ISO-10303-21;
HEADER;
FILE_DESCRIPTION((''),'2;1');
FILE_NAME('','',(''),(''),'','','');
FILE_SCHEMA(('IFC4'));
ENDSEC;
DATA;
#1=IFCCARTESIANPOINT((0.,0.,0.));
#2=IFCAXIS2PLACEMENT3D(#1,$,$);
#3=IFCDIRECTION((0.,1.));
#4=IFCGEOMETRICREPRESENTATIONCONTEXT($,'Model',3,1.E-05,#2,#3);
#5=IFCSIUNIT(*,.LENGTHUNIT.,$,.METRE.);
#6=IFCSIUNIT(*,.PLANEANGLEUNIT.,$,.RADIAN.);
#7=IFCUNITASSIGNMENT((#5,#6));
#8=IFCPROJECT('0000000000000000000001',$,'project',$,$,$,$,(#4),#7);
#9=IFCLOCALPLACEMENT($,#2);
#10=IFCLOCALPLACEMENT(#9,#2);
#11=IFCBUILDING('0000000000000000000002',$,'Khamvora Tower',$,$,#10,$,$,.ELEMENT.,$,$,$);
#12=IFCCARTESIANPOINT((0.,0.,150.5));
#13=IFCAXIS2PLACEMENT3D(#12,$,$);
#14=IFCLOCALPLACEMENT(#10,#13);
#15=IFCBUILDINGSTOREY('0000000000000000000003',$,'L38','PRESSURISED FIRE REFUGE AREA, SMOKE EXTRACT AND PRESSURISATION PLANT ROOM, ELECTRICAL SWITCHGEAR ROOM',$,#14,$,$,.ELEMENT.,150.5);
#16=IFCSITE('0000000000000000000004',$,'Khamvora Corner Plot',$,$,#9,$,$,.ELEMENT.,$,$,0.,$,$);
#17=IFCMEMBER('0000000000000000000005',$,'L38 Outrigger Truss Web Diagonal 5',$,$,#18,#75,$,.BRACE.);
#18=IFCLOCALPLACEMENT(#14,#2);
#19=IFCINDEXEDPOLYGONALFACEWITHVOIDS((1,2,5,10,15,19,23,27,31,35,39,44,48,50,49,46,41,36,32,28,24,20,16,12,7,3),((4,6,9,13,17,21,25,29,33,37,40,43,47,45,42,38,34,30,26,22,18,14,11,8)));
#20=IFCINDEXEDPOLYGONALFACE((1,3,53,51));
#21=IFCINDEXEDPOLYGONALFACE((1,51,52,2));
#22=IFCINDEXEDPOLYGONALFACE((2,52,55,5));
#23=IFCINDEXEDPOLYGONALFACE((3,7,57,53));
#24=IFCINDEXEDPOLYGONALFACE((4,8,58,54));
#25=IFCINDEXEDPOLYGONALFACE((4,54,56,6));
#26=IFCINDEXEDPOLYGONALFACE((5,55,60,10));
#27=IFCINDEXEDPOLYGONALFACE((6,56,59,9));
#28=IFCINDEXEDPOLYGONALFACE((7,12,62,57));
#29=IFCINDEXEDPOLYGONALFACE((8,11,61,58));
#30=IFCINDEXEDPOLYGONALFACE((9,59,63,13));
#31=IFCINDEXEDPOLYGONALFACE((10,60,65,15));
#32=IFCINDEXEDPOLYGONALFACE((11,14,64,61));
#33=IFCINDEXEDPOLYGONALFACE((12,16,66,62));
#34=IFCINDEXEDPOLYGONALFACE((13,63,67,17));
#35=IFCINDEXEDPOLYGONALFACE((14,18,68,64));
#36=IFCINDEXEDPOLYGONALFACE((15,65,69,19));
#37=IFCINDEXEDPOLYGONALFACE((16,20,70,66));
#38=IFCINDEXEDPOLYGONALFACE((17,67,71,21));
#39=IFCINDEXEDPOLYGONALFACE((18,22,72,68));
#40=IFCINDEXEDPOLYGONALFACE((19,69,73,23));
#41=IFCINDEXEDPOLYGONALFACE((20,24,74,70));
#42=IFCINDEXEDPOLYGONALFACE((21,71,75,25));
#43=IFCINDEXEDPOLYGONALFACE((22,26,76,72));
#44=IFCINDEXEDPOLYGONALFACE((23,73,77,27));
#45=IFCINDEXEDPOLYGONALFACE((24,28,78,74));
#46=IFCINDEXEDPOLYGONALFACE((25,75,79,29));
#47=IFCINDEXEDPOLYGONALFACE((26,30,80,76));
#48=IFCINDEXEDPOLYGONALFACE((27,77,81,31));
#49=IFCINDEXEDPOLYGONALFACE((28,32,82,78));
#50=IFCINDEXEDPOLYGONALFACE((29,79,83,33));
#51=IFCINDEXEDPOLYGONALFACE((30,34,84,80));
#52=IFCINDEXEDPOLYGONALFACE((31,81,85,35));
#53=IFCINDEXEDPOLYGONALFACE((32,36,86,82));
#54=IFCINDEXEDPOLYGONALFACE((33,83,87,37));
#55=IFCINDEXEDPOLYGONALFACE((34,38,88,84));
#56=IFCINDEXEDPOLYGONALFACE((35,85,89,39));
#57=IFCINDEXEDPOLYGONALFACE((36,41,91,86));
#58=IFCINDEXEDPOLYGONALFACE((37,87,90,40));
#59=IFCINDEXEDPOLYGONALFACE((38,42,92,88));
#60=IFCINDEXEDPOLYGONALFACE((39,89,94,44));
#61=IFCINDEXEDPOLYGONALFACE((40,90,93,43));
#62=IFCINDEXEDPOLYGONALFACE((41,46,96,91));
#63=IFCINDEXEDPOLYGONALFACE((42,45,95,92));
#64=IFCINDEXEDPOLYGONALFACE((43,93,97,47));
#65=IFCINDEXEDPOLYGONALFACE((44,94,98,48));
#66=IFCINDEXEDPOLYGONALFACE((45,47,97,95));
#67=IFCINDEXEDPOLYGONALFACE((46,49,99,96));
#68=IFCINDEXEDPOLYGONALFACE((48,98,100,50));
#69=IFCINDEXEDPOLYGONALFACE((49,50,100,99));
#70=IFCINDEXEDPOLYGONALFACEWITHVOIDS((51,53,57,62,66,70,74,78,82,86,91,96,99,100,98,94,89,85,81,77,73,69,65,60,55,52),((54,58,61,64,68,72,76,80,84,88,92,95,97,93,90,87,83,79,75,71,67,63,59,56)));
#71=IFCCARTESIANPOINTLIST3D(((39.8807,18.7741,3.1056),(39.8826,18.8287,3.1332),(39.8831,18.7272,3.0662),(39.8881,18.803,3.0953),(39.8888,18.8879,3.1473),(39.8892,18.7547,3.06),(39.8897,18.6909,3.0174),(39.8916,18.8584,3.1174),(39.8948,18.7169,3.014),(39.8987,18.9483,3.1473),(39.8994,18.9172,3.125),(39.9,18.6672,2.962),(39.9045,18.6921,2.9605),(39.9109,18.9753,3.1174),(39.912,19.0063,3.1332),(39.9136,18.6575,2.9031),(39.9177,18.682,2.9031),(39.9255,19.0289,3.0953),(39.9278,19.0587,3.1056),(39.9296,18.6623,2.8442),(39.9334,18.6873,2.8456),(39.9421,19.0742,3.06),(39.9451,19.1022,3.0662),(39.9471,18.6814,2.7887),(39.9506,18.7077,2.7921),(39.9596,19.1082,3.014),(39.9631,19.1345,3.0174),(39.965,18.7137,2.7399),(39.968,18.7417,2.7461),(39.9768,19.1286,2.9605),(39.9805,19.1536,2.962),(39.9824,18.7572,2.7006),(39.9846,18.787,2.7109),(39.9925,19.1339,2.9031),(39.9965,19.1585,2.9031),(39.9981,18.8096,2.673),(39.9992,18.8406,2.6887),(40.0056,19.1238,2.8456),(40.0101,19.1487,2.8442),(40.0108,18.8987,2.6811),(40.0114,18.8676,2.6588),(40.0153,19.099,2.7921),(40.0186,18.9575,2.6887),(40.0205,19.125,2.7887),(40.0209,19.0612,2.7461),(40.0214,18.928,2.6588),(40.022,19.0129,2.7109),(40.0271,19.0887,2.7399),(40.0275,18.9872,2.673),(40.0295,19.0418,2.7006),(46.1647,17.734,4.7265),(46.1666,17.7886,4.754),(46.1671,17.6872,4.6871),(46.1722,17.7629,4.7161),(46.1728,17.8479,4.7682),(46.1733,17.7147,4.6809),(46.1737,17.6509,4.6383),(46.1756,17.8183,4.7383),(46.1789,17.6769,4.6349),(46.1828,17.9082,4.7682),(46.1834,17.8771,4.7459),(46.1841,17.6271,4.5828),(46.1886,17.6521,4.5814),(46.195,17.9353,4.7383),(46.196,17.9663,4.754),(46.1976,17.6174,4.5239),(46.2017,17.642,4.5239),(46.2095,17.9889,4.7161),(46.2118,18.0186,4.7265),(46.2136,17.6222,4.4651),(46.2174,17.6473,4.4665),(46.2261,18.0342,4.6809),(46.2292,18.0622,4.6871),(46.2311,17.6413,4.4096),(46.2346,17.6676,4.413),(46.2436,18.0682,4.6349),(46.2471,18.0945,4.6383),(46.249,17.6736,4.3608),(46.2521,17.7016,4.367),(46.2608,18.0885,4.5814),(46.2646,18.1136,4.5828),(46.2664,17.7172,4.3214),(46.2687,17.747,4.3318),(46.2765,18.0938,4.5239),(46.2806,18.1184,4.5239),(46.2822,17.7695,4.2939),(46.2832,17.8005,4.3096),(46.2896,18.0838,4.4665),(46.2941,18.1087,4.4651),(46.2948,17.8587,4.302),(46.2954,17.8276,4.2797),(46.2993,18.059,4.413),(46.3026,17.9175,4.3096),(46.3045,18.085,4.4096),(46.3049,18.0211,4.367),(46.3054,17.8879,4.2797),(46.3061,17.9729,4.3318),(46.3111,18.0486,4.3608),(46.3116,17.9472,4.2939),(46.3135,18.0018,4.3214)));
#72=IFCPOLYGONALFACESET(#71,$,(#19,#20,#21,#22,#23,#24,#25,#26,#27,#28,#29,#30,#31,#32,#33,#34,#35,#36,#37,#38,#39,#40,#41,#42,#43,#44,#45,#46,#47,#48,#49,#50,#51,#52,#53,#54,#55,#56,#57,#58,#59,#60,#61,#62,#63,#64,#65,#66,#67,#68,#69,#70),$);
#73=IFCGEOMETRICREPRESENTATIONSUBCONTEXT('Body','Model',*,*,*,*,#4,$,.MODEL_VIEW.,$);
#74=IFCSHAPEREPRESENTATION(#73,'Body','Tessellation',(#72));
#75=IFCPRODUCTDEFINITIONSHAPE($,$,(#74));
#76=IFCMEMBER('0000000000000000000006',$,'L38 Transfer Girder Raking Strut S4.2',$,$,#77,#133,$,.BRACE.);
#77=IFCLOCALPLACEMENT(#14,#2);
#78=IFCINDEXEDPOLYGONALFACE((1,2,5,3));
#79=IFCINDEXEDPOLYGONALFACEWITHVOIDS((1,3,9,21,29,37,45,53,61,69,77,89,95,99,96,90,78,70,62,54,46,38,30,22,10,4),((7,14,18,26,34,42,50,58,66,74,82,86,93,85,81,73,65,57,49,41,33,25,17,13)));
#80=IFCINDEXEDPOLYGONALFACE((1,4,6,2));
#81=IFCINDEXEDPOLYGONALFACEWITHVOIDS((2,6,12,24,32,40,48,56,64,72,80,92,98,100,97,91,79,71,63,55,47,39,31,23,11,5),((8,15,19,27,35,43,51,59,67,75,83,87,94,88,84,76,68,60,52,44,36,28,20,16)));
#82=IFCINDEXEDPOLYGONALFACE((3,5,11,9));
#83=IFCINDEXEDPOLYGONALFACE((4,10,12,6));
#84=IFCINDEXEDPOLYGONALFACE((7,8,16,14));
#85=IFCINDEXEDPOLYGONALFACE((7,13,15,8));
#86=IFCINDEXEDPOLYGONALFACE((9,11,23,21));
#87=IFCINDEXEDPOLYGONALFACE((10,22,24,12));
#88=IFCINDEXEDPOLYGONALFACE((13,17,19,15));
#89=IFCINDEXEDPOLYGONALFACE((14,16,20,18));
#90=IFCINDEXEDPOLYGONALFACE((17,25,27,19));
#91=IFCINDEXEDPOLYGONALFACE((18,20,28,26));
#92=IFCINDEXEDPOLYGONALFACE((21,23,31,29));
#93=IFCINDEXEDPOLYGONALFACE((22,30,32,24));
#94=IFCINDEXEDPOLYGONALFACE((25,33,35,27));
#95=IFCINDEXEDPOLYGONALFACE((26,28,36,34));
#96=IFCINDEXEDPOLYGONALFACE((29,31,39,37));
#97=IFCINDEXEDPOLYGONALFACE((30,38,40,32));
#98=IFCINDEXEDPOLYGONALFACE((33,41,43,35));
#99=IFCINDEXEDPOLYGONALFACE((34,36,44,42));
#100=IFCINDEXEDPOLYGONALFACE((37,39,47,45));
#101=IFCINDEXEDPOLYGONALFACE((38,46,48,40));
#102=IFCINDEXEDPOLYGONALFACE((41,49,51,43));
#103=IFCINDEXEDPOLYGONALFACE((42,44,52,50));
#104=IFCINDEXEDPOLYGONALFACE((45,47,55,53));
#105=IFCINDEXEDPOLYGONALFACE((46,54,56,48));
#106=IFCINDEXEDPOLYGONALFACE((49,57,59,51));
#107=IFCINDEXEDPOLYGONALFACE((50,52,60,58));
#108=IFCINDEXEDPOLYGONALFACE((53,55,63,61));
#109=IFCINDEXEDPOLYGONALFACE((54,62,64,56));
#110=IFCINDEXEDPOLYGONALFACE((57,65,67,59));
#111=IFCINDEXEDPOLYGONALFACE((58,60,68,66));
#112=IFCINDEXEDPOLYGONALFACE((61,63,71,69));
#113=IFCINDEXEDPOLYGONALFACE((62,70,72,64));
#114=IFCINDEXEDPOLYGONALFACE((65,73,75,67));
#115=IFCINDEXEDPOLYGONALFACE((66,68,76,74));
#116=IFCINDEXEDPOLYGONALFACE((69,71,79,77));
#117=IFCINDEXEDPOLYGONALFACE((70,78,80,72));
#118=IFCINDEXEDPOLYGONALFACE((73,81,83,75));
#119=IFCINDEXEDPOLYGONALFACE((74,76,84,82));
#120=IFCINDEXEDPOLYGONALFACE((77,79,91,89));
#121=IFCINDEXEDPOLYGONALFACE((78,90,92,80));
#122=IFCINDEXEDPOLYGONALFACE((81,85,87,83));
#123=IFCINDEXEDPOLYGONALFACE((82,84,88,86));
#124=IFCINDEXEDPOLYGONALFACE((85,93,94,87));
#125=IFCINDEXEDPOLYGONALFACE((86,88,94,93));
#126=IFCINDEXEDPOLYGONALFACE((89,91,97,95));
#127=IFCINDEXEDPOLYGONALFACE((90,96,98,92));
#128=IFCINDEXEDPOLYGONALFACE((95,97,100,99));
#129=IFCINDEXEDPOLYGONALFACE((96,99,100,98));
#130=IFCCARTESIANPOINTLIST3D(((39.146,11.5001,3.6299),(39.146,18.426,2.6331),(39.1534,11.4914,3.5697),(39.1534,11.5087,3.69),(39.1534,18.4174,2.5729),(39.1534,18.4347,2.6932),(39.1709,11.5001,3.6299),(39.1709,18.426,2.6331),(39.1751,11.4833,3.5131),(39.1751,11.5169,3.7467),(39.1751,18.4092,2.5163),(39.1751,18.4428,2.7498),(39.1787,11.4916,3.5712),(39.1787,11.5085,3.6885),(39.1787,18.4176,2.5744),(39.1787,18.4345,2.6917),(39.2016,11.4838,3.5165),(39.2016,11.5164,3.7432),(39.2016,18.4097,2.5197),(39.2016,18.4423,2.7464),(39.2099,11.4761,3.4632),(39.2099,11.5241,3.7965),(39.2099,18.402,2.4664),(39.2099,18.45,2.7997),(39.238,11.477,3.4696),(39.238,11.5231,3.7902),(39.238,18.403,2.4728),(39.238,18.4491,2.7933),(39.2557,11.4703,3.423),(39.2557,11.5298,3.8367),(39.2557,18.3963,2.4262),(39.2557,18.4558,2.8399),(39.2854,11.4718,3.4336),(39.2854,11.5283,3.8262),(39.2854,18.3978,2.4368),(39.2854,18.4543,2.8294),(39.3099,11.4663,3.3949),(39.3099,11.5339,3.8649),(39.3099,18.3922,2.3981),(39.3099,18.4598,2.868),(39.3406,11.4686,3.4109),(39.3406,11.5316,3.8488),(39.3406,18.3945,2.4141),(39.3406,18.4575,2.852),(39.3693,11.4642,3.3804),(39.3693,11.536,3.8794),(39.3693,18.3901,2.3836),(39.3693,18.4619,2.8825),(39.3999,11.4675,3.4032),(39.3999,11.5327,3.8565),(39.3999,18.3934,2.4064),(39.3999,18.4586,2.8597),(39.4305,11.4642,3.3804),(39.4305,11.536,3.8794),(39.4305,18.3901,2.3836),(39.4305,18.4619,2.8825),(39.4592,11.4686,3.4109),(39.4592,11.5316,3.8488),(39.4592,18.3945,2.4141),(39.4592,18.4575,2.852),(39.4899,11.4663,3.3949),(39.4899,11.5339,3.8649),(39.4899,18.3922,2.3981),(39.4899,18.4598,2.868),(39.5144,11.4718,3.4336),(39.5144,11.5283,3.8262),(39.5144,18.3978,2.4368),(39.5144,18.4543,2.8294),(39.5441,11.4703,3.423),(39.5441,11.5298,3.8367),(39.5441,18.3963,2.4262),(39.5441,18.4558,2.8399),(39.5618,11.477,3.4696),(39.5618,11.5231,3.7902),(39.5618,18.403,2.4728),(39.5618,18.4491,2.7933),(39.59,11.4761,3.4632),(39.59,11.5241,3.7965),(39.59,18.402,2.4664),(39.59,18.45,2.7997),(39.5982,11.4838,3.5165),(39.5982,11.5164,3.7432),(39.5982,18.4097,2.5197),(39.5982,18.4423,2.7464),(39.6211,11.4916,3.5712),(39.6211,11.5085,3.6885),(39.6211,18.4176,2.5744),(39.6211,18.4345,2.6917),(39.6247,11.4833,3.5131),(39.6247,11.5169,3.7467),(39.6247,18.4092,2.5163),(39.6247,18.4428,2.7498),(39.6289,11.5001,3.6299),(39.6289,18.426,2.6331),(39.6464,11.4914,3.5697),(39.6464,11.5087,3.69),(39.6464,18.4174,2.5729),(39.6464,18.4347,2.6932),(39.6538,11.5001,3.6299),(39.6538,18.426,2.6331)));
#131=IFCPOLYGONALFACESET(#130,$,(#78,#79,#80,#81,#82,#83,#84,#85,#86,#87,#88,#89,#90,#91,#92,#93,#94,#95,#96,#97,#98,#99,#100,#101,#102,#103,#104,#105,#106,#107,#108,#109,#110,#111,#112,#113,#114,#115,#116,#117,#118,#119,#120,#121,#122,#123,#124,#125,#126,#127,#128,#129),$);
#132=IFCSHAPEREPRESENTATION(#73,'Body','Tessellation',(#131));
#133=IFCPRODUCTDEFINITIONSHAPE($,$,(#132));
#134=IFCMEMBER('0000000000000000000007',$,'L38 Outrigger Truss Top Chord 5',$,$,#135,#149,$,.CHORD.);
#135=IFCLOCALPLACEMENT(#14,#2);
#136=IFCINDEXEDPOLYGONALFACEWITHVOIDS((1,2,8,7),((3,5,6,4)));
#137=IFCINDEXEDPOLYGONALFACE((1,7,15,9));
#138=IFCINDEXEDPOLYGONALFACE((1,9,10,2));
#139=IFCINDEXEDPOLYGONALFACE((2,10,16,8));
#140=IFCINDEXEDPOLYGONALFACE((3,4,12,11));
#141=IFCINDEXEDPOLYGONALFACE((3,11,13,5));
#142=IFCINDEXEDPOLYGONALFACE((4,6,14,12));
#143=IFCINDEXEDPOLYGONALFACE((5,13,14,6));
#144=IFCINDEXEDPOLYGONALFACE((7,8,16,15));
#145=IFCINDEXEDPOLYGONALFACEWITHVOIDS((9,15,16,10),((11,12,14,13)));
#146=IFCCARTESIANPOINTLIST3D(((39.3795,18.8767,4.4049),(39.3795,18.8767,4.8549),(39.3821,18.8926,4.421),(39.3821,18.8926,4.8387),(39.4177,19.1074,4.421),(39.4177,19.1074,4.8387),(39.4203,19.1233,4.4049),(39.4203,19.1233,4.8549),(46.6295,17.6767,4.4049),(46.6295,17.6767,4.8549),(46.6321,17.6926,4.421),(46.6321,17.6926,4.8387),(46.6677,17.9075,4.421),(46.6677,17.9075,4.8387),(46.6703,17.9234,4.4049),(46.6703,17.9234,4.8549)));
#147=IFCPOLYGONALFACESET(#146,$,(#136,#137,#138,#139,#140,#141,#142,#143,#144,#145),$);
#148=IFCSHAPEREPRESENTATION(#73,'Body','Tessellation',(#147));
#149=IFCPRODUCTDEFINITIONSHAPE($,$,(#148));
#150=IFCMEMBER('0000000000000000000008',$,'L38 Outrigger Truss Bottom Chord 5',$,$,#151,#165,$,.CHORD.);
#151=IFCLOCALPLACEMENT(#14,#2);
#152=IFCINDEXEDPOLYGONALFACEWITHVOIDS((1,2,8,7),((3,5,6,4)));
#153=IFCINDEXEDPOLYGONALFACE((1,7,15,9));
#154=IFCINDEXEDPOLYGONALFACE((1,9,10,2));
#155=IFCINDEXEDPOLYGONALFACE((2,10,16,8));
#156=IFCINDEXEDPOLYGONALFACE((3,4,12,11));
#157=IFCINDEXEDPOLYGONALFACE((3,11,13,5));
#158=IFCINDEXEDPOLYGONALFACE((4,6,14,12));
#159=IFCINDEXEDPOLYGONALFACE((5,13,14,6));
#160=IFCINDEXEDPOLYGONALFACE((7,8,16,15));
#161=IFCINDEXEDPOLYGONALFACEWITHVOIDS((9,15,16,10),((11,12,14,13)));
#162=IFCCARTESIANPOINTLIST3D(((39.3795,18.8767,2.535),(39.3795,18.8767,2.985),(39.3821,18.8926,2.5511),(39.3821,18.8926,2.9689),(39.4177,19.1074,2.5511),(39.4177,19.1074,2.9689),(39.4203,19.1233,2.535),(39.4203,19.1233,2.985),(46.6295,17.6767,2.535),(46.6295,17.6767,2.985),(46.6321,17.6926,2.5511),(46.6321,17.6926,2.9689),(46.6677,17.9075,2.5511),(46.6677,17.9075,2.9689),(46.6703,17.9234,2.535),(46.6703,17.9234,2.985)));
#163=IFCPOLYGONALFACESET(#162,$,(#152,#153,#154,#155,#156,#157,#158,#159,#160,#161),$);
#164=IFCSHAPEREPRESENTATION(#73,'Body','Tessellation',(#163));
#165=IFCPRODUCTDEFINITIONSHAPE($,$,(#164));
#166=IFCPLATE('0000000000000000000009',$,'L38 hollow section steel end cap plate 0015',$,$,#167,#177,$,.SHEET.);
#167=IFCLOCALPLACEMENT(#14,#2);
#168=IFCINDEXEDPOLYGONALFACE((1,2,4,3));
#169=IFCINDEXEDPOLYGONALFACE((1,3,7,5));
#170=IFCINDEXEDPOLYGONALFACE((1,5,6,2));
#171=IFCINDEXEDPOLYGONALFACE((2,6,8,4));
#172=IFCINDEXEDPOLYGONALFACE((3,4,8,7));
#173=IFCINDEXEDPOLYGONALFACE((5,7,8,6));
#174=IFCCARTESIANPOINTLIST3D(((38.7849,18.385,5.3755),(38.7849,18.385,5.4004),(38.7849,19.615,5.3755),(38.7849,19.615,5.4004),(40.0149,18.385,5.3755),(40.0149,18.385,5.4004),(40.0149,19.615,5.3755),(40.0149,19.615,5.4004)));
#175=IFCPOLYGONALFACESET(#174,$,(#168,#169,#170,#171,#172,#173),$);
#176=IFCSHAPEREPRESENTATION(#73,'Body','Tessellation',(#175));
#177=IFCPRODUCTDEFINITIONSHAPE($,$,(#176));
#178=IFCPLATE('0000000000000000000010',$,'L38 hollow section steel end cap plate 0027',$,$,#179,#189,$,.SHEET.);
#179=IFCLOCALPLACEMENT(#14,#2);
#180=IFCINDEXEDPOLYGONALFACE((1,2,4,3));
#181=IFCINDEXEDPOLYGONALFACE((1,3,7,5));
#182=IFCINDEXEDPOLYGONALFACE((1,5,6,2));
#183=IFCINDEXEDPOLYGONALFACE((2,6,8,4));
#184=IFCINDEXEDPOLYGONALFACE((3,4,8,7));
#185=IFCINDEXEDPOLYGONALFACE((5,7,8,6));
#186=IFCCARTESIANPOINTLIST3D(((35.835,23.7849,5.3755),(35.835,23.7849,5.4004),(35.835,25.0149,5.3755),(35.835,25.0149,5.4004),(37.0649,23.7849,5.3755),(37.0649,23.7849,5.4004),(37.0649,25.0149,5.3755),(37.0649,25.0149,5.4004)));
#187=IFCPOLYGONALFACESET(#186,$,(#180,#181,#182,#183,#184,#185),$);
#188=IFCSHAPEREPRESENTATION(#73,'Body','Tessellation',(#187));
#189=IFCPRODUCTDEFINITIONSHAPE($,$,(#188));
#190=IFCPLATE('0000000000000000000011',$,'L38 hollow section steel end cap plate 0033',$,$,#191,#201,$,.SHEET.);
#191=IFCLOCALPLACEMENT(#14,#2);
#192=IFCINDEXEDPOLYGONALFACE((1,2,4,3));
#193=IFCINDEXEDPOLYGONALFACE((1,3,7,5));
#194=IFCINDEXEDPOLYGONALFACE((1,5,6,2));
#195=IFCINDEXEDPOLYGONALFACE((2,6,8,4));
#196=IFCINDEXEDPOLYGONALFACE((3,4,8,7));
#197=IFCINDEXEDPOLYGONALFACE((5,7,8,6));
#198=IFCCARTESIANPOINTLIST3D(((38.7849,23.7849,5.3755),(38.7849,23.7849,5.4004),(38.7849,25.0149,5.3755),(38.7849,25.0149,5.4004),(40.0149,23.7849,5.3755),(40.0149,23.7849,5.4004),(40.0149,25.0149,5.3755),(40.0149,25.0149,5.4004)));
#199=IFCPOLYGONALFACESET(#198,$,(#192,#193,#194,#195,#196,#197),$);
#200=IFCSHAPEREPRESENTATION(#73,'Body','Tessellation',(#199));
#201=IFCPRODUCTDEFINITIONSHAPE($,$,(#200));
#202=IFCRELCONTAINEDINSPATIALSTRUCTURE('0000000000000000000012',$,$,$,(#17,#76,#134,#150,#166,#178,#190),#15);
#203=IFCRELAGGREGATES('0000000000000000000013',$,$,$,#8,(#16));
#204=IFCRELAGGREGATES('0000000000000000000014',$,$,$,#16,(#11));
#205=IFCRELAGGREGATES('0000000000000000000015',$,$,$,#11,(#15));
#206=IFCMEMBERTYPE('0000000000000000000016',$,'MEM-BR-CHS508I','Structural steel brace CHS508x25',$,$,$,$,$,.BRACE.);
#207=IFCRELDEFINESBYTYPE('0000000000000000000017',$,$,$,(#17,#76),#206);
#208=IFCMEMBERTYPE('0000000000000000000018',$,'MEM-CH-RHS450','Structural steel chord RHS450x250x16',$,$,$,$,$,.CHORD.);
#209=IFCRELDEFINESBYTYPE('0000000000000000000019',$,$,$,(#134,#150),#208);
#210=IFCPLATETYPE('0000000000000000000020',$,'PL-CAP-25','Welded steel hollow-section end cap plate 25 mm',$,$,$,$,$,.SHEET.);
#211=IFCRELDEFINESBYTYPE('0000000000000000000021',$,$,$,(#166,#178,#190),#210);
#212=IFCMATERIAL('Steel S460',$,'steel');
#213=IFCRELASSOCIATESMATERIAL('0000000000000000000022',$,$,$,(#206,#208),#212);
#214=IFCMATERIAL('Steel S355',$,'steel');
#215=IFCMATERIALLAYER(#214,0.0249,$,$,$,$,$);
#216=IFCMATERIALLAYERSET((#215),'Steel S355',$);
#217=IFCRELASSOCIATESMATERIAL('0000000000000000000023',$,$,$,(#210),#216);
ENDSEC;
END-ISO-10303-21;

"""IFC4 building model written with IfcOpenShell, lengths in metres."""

from ifc_helpers import new_model, si_unit, direction, frame, origin, origin_2d, place, context, subcontext, project, spatial, rectangle, hollow_rectangle, hollow_circle, extrude, material, layer, layer_set, material_profile, profile_set, type_object, element, save


model = new_model("IFC4")

# Units and contexts
model_context = context("Model", 3, precision=1e-05, world=origin(), true_north=direction((0.0, 1.0)))
body_context = subcontext(model_context, "Body", "Model", "MODEL_VIEW")
ifc_project = project(units=[si_unit("LENGTHUNIT", "METRE"), si_unit("PLANEANGLEUNIT", "RADIAN")], contexts=[model_context])

# Site, building, storey
site_placement = place(None, origin())
site = spatial("IfcSite", under=ifc_project, at=site_placement, Name="Khamvora Corner Plot", CompositionType="ELEMENT", RefElevation=0.0)
building_placement = place(site_placement, origin())
building = spatial("IfcBuilding", under=site, at=building_placement, Name="Khamvora Tower", CompositionType="ELEMENT")
storey_placement = place(building_placement, frame((0.0, 0.0, 150.5)))
storey = spatial("IfcBuildingStorey", under=building, at=storey_placement, Name="L38", Description="PRESSURISED FIRE REFUGE AREA, SMOKE EXTRACT AND PRESSURISATION PLANT ROOM, ELECTRICAL SWITCHGEAR ROOM", CompositionType="ELEMENT", Elevation=150.5)

# Shared definitions
ifc_material_1 = material(Name="Steel S460", Category="steel")

# Shared definitions
ifc_material_2 = material(Name="Steel S355", Category="steel")

# Members
ifc_material_profile_1 = material_profile(ifc_material_1, hollow_circle(Radius=0.2539, WallThickness=0.0249, at=origin_2d()), Name="CHS508x25")
ifc_profile_set_1 = profile_set([ifc_material_profile_1], Name="Steel S460")
member_type_1 = type_object("IfcMemberType", Name="MEM-BR-CHS508I", Description="Structural steel brace CHS508x25", PredefinedType="BRACE", material=ifc_profile_set_1)
member_1_placement = place(storey_placement, frame((39.9551, 18.908, 2.9031), z_axis=(0.956107, -0.158243, 0.246614), x_axis=(0.163286, 0.986579, 0.0)))
element("IfcMember", 1, at=member_1_placement, inside=storey, type_object=member_type_1, Name="L38 Outrigger Truss Web Diagonal 5", PredefinedType="BRACE", context=body_context, shape_type="SweptSolid", body=[
    extrude(hollow_circle(Radius=0.2539, WallThickness=0.0249, at=origin_2d()), origin(), (0.0, 0.0, 1.0), 6.5725),
])
member_2_placement = place(storey_placement, frame((39.3999, 18.426, 2.6331), z_axis=(0.0, -0.989801, 0.142457), x_axis=(1.0, 0.0, 0.0)))
element("IfcMember", 2, at=member_2_placement, inside=storey, type_object=member_type_1, Name="L38 Transfer Girder Raking Strut S4.2", PredefinedType="BRACE", context=body_context, shape_type="SweptSolid", body=[
    extrude(hollow_circle(Radius=0.2539, WallThickness=0.0249, at=origin_2d()), origin(), (0.0, 0.0, 1.0), 6.9973),
])
ifc_material_profile_2 = material_profile(ifc_material_1, hollow_rectangle(XDim=0.25, YDim=0.45, WallThickness=0.0161, at=origin_2d()), Name="RHS450x250x16")
ifc_profile_set_2 = profile_set([ifc_material_profile_2], Name="Steel S460")
member_type_2 = type_object("IfcMemberType", Name="MEM-CH-RHS450", Description="Structural steel chord RHS450x250x16", PredefinedType="CHORD", material=ifc_profile_set_2)
for number, where, z_axis, x_axis, name in (
    (3, (39.3999, 19.0, 4.6299), (0.986578, -0.163289, 0.0), (0.163289, 0.986578, 0.0), "L38 Outrigger Truss Top Chord 5"),
    (4, (39.3999, 19.0, 2.76), (0.986578, -0.163289, 0.0), (0.163289, 0.986578, 0.0), "L38 Outrigger Truss Bottom Chord 5"),
):
    element("IfcMember", number, at=place(storey_placement, frame(where, z_axis=z_axis, x_axis=x_axis)), inside=storey, type_object=member_type_2, Name=name, PredefinedType="CHORD", context=body_context, shape_type="SweptSolid", body=[
        extrude(hollow_rectangle(XDim=0.25, YDim=0.45, WallThickness=0.0161, at=origin_2d()), origin(), (0.0, 0.0, 1.0), 7.3486),
    ])

# Plates
ifc_layer_1 = layer(ifc_material_2, 0.0249)
ifc_layer_set_1 = layer_set([ifc_layer_1], Name="Steel S355")
plate_type_1 = type_object("IfcPlateType", Name="PL-CAP-25", Description="Welded steel hollow-section end cap plate 25 mm", PredefinedType="SHEET", material=ifc_layer_set_1)
for number, where, z_axis, x_axis, name in (
    (5, (39.3999, 19.0, 5.3755), (0.0, 0.0, 1.0), (1.0, 0.0, 0.0), "L38 hollow section steel end cap plate 0015"),
    (6, (36.45, 24.3999, 5.3755), (0.0, 0.0, 1.0), (1.0, 0.0, 0.0), "L38 hollow section steel end cap plate 0027"),
    (7, (39.3999, 24.3999, 5.3755), (0.0, 0.0, 1.0), (1.0, 0.0, 0.0), "L38 hollow section steel end cap plate 0033"),
):
    element("IfcPlate", number, at=place(storey_placement, frame(where, z_axis=z_axis, x_axis=x_axis)), inside=storey, type_object=plate_type_1, Name=name, PredefinedType="SHEET", context=body_context, shape_type="SweptSolid", body=[
        extrude(rectangle(XDim=1.23, YDim=1.23, at=origin_2d()), origin(), (0.0, 0.0, 1.0), 0.0249),
    ])

save(model, "model.ifc")
